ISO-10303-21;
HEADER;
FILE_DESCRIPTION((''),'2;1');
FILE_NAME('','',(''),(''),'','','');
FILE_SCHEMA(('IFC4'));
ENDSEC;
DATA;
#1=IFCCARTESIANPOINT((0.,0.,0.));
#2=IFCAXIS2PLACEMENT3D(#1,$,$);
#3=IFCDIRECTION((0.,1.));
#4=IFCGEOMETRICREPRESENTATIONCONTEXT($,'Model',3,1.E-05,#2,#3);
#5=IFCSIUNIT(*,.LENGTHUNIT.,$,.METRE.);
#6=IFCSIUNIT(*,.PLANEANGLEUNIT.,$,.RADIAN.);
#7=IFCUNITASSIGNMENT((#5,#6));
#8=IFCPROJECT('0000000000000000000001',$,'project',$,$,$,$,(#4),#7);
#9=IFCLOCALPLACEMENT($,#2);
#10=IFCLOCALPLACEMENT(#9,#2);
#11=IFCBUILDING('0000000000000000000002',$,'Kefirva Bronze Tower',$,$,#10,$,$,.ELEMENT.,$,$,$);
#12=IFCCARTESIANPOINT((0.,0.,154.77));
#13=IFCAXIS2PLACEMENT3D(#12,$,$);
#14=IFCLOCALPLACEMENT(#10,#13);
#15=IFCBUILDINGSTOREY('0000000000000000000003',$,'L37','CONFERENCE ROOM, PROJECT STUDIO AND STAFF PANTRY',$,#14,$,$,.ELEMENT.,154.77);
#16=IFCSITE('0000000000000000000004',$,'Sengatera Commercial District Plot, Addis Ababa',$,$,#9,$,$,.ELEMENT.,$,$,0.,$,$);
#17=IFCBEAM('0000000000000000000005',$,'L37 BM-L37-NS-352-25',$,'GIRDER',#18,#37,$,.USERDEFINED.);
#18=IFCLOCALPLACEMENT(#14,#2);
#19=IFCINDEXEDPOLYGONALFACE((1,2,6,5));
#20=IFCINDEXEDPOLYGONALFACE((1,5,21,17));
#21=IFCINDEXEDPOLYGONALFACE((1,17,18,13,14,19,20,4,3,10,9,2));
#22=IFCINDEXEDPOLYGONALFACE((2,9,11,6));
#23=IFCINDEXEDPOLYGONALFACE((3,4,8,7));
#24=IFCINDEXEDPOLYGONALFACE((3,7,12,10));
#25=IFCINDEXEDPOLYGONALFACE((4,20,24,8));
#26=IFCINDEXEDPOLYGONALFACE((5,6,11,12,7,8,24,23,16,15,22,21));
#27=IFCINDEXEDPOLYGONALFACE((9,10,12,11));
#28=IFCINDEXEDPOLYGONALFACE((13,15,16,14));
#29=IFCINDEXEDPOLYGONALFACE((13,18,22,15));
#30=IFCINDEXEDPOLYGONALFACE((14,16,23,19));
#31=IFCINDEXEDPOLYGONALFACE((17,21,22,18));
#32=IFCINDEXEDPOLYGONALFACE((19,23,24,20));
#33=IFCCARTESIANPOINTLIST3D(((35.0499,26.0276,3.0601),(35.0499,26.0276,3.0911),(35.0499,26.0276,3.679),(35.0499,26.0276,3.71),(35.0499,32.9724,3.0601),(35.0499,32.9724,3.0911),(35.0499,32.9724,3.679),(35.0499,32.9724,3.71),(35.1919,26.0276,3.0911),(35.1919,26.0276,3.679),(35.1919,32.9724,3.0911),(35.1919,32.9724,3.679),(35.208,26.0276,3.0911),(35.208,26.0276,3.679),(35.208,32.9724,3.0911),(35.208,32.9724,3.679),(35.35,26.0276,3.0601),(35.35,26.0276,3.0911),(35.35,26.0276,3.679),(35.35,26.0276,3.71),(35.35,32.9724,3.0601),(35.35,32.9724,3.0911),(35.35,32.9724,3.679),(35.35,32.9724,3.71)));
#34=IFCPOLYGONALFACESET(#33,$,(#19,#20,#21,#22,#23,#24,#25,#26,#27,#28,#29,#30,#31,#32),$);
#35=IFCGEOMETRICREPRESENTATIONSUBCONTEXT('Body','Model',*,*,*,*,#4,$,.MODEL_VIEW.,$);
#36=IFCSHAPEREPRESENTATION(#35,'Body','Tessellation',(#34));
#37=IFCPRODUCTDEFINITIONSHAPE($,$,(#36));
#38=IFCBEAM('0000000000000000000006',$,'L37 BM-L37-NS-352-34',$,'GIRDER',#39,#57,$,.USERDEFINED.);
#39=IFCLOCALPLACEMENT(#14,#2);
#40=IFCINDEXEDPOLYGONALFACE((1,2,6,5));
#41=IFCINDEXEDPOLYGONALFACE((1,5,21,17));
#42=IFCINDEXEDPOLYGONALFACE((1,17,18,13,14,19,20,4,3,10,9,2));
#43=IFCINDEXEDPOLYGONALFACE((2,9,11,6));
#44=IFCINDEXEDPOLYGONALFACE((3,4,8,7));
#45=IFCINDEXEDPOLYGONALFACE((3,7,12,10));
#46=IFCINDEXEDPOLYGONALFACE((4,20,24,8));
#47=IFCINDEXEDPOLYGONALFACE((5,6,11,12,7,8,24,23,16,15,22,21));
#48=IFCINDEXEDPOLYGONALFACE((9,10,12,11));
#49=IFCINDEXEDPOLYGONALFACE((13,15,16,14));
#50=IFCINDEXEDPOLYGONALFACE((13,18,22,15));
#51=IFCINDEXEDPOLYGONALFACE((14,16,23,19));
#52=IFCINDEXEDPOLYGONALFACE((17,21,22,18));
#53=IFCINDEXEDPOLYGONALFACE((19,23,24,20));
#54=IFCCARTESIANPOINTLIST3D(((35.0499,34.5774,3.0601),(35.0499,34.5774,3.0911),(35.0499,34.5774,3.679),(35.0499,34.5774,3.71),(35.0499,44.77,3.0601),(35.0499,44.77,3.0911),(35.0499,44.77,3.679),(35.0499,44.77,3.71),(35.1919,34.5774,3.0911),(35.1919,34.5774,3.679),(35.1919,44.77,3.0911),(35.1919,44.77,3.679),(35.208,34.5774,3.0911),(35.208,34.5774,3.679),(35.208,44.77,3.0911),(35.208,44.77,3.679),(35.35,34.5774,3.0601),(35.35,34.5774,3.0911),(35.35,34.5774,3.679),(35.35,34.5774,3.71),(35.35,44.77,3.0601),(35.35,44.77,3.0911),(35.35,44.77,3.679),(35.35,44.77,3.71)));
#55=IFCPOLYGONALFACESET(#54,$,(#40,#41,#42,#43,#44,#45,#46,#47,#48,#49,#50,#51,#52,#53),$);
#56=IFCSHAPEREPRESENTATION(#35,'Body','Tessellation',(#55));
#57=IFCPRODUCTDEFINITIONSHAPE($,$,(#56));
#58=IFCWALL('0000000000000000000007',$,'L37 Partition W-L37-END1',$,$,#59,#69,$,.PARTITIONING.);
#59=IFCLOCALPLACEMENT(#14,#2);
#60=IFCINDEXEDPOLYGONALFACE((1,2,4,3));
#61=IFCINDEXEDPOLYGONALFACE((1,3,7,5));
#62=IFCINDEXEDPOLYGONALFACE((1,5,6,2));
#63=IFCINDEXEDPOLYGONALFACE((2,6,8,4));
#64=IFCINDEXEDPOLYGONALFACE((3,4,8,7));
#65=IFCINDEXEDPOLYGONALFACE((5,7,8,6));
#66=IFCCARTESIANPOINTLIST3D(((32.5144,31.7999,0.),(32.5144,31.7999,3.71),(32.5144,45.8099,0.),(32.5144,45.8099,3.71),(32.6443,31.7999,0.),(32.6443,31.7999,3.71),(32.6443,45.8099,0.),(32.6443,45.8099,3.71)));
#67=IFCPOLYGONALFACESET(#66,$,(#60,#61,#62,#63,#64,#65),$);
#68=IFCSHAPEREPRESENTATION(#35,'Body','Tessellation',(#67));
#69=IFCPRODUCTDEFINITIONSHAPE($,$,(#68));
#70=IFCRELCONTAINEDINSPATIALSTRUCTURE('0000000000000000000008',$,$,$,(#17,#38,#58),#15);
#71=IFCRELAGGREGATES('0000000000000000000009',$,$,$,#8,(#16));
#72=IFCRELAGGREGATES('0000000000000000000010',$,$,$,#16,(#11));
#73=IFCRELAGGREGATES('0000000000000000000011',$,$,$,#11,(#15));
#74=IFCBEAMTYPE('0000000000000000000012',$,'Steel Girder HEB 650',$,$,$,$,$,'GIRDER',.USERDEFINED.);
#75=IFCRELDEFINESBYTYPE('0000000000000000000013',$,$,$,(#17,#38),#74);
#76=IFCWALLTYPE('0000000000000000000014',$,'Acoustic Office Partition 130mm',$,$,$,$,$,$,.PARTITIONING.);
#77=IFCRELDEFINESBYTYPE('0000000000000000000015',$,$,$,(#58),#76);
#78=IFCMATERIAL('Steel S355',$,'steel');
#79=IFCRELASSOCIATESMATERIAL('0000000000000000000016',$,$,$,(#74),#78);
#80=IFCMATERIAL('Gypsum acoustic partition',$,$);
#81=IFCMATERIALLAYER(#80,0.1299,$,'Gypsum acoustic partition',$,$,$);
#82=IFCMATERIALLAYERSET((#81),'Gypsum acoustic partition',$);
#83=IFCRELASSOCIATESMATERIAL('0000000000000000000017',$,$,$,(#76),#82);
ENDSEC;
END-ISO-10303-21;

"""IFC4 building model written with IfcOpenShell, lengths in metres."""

from ifc_helpers import new_model, si_unit, direction, frame, frame_2d, origin, origin_2d, place, context, subcontext, project, spatial, rectangle, i_section, extrude, material, layer, layer_set, material_profile, profile_set, type_object, element, save


model = new_model("IFC4")

# Units and contexts
model_context = context("Model", 3, precision=1e-05, world=origin(), true_north=direction((0.0, 1.0)))
body_context = subcontext(model_context, "Body", "Model", "MODEL_VIEW")
ifc_project = project(units=[si_unit("LENGTHUNIT", "METRE"), si_unit("PLANEANGLEUNIT", "RADIAN")], contexts=[model_context])

# Site, building, storey
site_placement = place(None, origin())
site = spatial("IfcSite", under=ifc_project, at=site_placement, Name="Sengatera Commercial District Plot, Addis Ababa", CompositionType="ELEMENT", RefElevation=0.0)
building_placement = place(site_placement, origin())
building = spatial("IfcBuilding", under=site, at=building_placement, Name="Kefirva Bronze Tower", CompositionType="ELEMENT")
storey_placement = place(building_placement, frame((0.0, 0.0, 154.77)))
storey = spatial("IfcBuildingStorey", under=building, at=storey_placement, Name="L37", Description="CONFERENCE ROOM, PROJECT STUDIO AND STAFF PANTRY", CompositionType="ELEMENT", Elevation=154.77)

# Beams
ifc_material_1 = material(Name="Steel S355", Category="steel")
ifc_material_profile_1 = material_profile(ifc_material_1, i_section(OverallWidth=0.3, OverallDepth=0.6499, WebThickness=0.0161, FlangeThickness=0.031, at=origin_2d()), Name="HEB 650")
ifc_profile_set_1 = profile_set([ifc_material_profile_1], Name="Steel S355")
beam_type_1 = type_object("IfcBeamType", Name="Steel Girder HEB 650", ElementType="GIRDER", PredefinedType="USERDEFINED", material=ifc_profile_set_1)
beam_1_placement = place(storey_placement, frame((35.2, 26.0276, 3.385), z_axis=(0.0, 1.0, 0.0), x_axis=(-1.0, 0.0, 0.0)))
element("IfcBeam", 1, at=beam_1_placement, inside=storey, type_object=beam_type_1, Name="L37 BM-L37-NS-352-25", ObjectType="GIRDER", PredefinedType="USERDEFINED", context=body_context, shape_type="SweptSolid", body=[
    extrude(i_section(OverallWidth=0.3, OverallDepth=0.6499, WebThickness=0.0161, FlangeThickness=0.031, at=origin_2d()), origin(), (0.0, 0.0, 1.0), 6.9448),
])
beam_2_placement = place(storey_placement, frame((35.2, 34.5774, 3.385), z_axis=(0.0, 1.0, 0.0), x_axis=(-1.0, 0.0, 0.0)))
element("IfcBeam", 2, at=beam_2_placement, inside=storey, type_object=beam_type_1, Name="L37 BM-L37-NS-352-34", ObjectType="GIRDER", PredefinedType="USERDEFINED", context=body_context, shape_type="SweptSolid", body=[
    extrude(i_section(OverallWidth=0.3, OverallDepth=0.6499, WebThickness=0.0161, FlangeThickness=0.031, at=origin_2d()), origin(), (0.0, 0.0, 1.0), 10.1926),
])

# Wall
ifc_material_2 = material(Name="Gypsum acoustic partition")
ifc_layer = layer(ifc_material_2, 0.1299, Name="Gypsum acoustic partition")
ifc_layer_set = layer_set([ifc_layer], Name="Gypsum acoustic partition")
wall_type = type_object("IfcWallType", Name="Acoustic Office Partition 130mm", PredefinedType="PARTITIONING", material=ifc_layer_set)
wall_placement = place(storey_placement, frame((32.5793, 31.8, 0.0), z_axis=(0.0, 0.0, 1.0), x_axis=(0.0, 1.0, 0.0)))
element("IfcWall", 3, at=wall_placement, inside=storey, type_object=wall_type, Name="L37 Partition W-L37-END1", PredefinedType="PARTITIONING", context=body_context, shape_type="SweptSolid", body=[
    extrude(rectangle(XDim=14.01, YDim=0.1299, at=frame_2d((7.0049, 0.0))), origin(), (0.0, 0.0, 1.0), 3.71),
])

save(model, "model.ifc")
